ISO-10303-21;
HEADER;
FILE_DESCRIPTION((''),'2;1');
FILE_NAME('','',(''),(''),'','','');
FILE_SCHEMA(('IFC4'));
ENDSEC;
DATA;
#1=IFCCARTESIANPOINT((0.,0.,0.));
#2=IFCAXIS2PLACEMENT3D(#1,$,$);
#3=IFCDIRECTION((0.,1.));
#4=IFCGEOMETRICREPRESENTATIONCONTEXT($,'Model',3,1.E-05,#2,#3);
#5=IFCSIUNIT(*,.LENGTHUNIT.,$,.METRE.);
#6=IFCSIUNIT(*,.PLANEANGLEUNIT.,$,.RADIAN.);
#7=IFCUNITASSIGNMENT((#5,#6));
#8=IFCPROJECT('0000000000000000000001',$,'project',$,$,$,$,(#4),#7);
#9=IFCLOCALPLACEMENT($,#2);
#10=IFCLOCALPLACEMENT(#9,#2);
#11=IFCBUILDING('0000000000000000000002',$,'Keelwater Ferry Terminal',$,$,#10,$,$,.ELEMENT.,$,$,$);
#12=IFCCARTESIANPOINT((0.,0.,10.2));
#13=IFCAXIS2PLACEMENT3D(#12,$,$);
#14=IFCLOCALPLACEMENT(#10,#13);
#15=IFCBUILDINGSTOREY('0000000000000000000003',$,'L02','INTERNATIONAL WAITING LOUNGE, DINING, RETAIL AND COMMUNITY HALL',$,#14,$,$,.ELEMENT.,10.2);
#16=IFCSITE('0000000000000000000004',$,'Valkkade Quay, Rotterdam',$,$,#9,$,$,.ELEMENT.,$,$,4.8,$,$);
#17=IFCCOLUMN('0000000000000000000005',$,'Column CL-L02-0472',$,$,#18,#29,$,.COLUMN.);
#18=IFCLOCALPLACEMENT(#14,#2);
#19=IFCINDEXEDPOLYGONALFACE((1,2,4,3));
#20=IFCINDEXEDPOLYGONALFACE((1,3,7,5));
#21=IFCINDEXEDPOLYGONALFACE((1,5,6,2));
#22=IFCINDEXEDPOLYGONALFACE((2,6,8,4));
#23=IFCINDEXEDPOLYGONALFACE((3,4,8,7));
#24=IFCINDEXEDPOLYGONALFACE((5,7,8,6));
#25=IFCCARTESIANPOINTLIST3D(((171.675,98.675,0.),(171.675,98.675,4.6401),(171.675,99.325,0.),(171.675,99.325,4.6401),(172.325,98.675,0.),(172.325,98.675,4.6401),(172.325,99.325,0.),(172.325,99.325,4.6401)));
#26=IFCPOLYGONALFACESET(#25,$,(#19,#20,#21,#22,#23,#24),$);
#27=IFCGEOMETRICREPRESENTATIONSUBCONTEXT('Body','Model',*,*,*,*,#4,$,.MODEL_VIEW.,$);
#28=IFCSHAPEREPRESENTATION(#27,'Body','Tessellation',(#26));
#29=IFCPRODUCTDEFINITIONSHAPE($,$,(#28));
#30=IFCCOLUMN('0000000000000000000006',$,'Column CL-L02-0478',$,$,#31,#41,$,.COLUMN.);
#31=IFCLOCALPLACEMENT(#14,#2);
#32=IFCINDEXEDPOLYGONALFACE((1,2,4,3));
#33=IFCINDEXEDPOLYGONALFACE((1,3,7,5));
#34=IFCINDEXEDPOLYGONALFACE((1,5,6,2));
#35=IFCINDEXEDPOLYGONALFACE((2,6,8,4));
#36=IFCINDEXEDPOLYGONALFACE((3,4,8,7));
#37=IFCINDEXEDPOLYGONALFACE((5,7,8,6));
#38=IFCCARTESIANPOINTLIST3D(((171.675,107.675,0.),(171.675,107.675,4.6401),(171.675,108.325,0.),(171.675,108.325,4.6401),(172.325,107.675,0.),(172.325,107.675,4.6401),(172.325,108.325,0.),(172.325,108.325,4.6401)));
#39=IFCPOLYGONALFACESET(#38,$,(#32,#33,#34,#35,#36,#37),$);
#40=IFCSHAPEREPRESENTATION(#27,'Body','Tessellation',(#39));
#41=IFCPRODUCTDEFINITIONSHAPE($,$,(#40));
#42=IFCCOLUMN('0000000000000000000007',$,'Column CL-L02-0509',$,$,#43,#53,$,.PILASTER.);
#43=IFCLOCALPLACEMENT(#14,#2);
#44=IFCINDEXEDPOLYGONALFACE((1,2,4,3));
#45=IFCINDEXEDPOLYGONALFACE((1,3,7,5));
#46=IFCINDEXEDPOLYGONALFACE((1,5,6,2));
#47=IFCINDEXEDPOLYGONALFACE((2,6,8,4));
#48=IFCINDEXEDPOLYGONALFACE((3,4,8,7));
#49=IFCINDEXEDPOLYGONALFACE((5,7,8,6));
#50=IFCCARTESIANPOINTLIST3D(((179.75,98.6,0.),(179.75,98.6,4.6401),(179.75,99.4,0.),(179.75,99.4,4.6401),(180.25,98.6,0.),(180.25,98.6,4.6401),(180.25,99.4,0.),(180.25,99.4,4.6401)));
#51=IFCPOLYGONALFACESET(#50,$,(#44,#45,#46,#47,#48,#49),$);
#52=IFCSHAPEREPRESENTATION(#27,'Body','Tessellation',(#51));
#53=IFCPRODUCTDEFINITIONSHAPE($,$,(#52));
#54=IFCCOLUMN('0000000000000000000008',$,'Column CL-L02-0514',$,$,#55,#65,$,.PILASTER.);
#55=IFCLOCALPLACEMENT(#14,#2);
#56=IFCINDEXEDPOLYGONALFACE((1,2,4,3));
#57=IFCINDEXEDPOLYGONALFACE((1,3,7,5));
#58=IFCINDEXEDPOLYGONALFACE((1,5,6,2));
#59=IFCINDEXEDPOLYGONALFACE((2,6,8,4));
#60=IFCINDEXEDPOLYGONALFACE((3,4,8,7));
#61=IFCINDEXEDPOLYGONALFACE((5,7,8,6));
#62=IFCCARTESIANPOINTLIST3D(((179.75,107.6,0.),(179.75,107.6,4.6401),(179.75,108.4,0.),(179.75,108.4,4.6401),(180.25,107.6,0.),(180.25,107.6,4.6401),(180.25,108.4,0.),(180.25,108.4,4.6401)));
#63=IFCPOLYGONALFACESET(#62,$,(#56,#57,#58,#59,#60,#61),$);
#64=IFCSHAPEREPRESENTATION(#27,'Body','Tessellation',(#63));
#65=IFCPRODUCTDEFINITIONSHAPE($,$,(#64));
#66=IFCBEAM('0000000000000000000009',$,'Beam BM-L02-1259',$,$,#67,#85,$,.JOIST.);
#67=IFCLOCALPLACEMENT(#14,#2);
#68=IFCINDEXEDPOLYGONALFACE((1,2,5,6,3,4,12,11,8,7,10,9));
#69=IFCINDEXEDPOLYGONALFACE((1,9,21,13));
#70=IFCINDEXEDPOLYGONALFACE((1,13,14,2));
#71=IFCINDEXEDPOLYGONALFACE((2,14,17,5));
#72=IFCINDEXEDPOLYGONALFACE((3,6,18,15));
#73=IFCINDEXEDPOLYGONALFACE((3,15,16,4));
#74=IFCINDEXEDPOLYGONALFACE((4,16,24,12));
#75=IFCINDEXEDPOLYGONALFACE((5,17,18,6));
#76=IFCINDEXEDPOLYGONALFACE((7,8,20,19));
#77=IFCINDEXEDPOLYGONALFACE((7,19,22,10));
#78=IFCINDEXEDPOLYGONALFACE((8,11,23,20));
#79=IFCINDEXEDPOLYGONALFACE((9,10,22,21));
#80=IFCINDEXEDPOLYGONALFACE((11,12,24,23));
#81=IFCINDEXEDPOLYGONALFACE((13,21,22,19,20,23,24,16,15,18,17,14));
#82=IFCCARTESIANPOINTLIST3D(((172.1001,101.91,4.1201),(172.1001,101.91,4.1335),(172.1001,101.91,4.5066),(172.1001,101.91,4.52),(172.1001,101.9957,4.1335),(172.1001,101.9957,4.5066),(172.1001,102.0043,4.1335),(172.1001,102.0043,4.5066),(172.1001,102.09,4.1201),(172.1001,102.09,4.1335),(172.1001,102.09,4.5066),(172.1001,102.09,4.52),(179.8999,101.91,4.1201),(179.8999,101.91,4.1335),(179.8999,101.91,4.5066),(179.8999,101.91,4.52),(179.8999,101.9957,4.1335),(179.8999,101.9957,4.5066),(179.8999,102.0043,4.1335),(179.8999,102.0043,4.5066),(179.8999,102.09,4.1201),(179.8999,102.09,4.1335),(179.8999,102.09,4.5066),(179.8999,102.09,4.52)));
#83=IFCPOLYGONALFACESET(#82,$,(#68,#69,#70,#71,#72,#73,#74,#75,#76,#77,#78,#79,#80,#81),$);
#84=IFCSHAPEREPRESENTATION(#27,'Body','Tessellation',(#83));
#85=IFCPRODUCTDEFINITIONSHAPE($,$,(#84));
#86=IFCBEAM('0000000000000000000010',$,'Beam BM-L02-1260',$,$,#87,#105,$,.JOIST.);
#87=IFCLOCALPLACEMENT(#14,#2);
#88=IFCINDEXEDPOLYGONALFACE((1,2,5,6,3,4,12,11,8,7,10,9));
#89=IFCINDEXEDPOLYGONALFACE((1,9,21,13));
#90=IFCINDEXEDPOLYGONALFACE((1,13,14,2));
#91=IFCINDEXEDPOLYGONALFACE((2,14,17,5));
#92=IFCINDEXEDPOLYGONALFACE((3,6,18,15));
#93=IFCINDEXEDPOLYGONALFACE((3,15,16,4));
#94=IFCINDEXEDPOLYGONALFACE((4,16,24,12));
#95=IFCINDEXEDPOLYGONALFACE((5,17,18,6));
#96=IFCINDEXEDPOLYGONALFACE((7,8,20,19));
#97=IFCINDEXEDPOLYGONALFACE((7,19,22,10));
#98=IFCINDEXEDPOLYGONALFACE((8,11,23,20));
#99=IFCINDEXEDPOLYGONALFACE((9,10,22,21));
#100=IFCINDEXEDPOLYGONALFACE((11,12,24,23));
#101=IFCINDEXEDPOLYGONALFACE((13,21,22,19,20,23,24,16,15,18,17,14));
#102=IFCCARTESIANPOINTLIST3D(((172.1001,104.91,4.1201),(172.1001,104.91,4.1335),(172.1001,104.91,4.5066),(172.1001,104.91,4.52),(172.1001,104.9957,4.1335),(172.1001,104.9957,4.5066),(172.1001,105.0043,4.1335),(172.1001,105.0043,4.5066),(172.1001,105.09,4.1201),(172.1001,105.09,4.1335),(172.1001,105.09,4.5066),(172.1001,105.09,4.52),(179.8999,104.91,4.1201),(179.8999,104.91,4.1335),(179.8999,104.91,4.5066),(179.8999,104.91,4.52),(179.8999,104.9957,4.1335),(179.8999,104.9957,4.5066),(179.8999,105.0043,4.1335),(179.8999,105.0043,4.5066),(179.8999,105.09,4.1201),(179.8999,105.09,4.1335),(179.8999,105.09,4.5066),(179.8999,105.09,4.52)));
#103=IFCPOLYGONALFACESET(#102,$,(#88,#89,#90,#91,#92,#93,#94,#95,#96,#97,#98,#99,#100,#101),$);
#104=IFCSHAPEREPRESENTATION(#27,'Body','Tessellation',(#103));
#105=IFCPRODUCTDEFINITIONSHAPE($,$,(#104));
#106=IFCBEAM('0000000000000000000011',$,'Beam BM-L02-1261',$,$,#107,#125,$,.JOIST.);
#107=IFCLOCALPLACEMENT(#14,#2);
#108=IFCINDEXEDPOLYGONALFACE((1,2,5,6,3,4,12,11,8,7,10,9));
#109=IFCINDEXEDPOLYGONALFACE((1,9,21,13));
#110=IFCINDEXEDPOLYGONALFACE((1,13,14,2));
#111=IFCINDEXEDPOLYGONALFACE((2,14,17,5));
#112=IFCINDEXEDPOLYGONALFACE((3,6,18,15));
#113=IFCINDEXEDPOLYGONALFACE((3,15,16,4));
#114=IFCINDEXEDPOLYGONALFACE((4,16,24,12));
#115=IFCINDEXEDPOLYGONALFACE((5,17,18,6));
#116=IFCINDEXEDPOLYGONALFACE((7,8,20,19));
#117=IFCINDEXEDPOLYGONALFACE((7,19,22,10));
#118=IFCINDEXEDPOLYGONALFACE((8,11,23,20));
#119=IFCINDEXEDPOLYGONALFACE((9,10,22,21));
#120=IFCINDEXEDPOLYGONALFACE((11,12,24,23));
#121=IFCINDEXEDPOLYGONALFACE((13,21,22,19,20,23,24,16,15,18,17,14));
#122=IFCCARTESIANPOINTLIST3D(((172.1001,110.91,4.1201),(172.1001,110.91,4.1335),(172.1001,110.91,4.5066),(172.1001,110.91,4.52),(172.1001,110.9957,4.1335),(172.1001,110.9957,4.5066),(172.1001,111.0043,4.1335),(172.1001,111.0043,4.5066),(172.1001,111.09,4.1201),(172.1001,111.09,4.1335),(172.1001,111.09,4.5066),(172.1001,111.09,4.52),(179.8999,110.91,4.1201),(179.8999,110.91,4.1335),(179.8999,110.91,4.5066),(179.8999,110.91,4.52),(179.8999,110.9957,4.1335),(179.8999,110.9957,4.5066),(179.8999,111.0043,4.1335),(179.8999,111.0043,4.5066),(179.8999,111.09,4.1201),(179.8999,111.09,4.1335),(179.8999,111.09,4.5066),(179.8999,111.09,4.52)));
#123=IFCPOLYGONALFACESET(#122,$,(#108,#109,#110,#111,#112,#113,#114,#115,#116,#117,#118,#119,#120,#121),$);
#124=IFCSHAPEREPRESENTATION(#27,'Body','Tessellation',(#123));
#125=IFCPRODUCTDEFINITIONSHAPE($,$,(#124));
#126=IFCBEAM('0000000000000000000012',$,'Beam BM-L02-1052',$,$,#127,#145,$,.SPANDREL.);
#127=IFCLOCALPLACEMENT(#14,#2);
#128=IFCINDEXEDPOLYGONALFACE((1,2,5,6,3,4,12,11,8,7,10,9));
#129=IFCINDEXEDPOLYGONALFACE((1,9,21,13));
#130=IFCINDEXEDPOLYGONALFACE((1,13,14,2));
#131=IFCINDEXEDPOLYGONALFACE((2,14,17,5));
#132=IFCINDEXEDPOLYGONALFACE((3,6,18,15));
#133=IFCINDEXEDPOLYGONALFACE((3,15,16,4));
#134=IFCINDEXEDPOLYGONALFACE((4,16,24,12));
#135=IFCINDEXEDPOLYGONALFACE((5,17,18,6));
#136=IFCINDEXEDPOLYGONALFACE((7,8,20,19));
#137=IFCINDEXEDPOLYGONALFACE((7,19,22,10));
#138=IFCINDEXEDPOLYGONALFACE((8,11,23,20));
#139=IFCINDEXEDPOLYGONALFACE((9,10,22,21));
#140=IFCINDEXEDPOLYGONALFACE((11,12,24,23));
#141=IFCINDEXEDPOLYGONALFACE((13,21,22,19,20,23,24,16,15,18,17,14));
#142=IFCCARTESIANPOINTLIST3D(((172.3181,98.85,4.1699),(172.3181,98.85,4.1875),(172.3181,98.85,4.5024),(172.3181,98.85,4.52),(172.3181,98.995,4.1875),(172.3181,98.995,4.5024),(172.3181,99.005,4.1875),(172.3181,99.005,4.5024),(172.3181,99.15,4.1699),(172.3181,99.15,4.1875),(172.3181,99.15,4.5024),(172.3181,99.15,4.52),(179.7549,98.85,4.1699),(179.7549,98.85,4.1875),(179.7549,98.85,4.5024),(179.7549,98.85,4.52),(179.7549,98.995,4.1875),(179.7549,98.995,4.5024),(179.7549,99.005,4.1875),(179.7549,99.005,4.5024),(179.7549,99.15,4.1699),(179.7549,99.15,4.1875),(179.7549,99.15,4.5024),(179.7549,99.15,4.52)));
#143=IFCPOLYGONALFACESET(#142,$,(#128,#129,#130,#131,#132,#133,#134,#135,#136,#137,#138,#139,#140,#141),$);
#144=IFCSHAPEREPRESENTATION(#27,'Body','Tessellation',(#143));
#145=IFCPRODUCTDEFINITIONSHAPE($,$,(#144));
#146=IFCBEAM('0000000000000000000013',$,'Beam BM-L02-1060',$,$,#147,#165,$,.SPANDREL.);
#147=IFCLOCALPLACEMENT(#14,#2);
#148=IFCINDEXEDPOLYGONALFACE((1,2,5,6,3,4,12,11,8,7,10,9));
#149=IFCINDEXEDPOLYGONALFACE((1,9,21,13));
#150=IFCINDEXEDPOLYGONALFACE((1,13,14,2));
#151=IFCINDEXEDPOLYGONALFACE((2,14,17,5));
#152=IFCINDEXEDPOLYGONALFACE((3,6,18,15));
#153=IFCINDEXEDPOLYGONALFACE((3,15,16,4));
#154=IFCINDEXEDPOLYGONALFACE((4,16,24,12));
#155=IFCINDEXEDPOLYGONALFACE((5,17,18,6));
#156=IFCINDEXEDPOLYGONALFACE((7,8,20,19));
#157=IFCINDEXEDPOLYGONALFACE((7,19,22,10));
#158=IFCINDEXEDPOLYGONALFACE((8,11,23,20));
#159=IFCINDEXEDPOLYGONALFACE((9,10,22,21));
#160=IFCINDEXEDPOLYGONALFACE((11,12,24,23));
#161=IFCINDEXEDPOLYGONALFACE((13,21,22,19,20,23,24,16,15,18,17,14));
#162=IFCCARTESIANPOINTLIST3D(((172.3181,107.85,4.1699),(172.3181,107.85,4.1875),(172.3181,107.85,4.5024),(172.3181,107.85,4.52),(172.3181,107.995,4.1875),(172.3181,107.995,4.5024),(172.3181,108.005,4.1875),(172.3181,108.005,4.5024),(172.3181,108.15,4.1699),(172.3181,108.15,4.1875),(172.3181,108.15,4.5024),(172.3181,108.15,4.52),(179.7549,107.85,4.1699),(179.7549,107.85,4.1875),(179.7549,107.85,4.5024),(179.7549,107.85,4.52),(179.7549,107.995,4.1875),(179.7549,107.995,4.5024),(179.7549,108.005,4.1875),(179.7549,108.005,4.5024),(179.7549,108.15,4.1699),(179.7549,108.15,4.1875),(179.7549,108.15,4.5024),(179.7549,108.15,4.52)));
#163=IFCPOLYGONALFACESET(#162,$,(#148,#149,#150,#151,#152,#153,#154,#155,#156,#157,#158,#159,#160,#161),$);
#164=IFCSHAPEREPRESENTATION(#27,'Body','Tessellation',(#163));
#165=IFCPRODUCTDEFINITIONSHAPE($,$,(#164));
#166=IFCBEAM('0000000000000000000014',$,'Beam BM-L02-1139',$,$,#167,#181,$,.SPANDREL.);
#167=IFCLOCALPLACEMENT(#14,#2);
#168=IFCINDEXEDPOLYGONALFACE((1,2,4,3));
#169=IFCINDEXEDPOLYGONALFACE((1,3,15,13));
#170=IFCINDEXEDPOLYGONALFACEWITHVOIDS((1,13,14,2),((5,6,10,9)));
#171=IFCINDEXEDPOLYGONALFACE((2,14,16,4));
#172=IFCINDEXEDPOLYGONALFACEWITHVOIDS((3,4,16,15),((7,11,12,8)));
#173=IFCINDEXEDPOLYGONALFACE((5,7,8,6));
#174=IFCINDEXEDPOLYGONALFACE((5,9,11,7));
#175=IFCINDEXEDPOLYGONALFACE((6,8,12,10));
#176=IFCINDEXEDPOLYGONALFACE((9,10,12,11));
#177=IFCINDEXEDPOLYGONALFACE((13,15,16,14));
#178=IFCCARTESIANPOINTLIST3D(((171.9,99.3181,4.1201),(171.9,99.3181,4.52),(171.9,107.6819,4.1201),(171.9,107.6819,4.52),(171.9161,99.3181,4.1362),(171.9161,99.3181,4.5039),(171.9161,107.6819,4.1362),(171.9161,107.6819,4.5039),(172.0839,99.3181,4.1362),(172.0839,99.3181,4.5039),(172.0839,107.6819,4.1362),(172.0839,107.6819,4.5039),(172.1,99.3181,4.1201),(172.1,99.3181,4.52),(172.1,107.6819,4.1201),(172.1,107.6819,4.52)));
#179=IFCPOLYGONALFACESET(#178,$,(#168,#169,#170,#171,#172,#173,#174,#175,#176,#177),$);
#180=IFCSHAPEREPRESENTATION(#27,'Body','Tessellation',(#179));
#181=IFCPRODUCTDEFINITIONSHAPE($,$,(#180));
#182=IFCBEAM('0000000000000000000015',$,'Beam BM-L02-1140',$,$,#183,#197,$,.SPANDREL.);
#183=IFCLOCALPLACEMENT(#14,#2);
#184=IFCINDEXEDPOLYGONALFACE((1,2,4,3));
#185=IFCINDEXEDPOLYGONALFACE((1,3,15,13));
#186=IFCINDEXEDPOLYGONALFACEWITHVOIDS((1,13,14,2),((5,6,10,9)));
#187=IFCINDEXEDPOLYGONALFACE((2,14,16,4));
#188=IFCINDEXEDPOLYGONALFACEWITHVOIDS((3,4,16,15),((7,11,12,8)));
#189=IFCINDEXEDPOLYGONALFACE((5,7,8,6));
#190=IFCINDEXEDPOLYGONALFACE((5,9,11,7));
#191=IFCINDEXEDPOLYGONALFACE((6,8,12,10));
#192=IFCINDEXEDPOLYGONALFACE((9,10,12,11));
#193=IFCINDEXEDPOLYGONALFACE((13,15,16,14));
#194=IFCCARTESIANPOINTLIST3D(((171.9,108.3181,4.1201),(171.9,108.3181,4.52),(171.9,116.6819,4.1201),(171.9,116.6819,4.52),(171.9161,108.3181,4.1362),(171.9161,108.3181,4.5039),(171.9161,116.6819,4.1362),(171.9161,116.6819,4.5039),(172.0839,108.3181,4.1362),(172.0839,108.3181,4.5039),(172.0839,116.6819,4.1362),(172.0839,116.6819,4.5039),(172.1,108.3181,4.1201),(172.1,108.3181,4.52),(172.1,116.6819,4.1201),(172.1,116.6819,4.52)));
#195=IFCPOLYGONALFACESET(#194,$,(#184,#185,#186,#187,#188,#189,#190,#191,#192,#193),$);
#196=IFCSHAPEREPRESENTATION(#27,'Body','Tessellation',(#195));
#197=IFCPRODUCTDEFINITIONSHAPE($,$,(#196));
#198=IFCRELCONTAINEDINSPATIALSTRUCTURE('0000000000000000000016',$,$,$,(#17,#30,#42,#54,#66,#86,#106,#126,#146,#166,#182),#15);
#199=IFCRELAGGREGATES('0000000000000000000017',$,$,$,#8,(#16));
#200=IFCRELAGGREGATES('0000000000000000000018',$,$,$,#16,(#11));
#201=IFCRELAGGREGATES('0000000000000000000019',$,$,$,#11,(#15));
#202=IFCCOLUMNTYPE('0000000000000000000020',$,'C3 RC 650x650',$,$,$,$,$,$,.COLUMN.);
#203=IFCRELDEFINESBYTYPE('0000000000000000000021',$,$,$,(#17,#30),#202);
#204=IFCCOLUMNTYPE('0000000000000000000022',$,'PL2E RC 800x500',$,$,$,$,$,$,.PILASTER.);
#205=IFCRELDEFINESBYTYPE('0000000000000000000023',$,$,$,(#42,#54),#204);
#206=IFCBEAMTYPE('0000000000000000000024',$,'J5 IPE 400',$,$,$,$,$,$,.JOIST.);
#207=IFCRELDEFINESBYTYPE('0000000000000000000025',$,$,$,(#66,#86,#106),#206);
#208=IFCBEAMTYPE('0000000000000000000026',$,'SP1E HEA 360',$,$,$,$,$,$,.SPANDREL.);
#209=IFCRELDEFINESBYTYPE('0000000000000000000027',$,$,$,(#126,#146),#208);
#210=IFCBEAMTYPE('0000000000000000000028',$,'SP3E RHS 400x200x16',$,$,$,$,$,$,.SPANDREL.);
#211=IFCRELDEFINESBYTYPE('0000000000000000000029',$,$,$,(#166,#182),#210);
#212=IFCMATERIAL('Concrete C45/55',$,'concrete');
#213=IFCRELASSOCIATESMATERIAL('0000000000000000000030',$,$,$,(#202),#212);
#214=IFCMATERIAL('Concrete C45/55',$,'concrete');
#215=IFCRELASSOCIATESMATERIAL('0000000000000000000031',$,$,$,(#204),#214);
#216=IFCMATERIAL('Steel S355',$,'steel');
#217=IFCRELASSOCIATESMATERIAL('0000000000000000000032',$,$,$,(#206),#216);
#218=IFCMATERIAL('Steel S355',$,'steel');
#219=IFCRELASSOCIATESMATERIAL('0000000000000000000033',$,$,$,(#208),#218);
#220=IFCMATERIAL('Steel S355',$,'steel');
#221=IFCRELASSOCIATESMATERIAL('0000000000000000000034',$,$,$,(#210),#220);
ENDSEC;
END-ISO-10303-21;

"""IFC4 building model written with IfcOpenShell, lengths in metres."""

from ifc_helpers import new_model, si_unit, direction, frame, origin, origin_2d, place, context, subcontext, project, spatial, rectangle, hollow_rectangle, i_section, extrude, material, material_profile, profile_set, type_object, element, save


model = new_model("IFC4")

# Units and contexts
model_context = context("Model", 3, precision=1e-05, world=origin(), true_north=direction((0.0, 1.0)))
body_context = subcontext(model_context, "Body", "Model", "MODEL_VIEW")
ifc_project = project(units=[si_unit("LENGTHUNIT", "METRE"), si_unit("PLANEANGLEUNIT", "RADIAN")], contexts=[model_context])

# Site, building, storey
site_placement = place(None, origin())
site = spatial("IfcSite", under=ifc_project, at=site_placement, Name="Valkkade Quay, Rotterdam", CompositionType="ELEMENT", RefElevation=4.8)
building_placement = place(site_placement, origin())
building = spatial("IfcBuilding", under=site, at=building_placement, Name="Keelwater Ferry Terminal", CompositionType="ELEMENT")
storey_placement = place(building_placement, frame((0.0, 0.0, 10.2)))
storey = spatial("IfcBuildingStorey", under=building, at=storey_placement, Name="L02", Description="INTERNATIONAL WAITING LOUNGE, DINING, RETAIL AND COMMUNITY HALL", CompositionType="ELEMENT", Elevation=10.2)

# Columns
ifc_material_1 = material(Name="Concrete C45/55", Category="concrete")
ifc_material_profile_1 = material_profile(ifc_material_1, rectangle(XDim=0.6499, YDim=0.6499, at=origin_2d()), Name="RC 650x650")
ifc_profile_set_1 = profile_set([ifc_material_profile_1], Name="Concrete C45/55")
column_type_1 = type_object("IfcColumnType", Name="C3 RC 650x650", PredefinedType="COLUMN", material=ifc_profile_set_1)
for number, where, z_axis, x_axis, name in (
    (1, (172.0, 99.0, 0.0), (0.0, 0.0, 1.0), (1.0, 0.0, 0.0), "Column CL-L02-0472"),
    (2, (172.0, 108.0, 0.0), (0.0, 0.0, 1.0), (1.0, 0.0, 0.0), "Column CL-L02-0478"),
):
    element("IfcColumn", number, at=place(storey_placement, frame(where, z_axis=z_axis, x_axis=x_axis)), inside=storey, type_object=column_type_1, Name=name, PredefinedType="COLUMN", context=body_context, shape_type="SweptSolid", body=[
        extrude(rectangle(XDim=0.6499, YDim=0.6499, at=origin_2d()), origin(), (0.0, 0.0, 1.0), 4.6401),
    ])
ifc_material_2 = material(Name="Concrete C45/55", Category="concrete")
ifc_material_profile_2 = material_profile(ifc_material_2, rectangle(XDim=0.5, YDim=0.8, at=origin_2d()), Name="RC 800x500")
ifc_profile_set_2 = profile_set([ifc_material_profile_2], Name="Concrete C45/55")
column_type_2 = type_object("IfcColumnType", Name="PL2E RC 800x500", PredefinedType="PILASTER", material=ifc_profile_set_2)
for number, where, z_axis, x_axis, name in (
    (3, (180.0, 99.0, 0.0), (0.0, 0.0, 1.0), (1.0, 0.0, 0.0), "Column CL-L02-0509"),
    (4, (180.0, 108.0, 0.0), (0.0, 0.0, 1.0), (1.0, 0.0, 0.0), "Column CL-L02-0514"),
):
    element("IfcColumn", number, at=place(storey_placement, frame(where, z_axis=z_axis, x_axis=x_axis)), inside=storey, type_object=column_type_2, Name=name, PredefinedType="PILASTER", context=body_context, shape_type="SweptSolid", body=[
        extrude(rectangle(XDim=0.5, YDim=0.8, at=origin_2d()), origin(), (0.0, 0.0, 1.0), 4.6401),
    ])

# Beams
ifc_material_3 = material(Name="Steel S355", Category="steel")
ifc_material_profile_3 = material_profile(ifc_material_3, i_section(OverallWidth=0.1799, OverallDepth=0.3999, WebThickness=0.0085, FlangeThickness=0.0134, at=origin_2d()), Name="IPE 400")
ifc_profile_set_3 = profile_set([ifc_material_profile_3], Name="Steel S355")
beam_type_1 = type_object("IfcBeamType", Name="J5 IPE 400", PredefinedType="JOIST", material=ifc_profile_set_3)
for number, where, z_axis, x_axis, name in (
    (5, (172.1001, 102.0, 4.3201), (1.0, 0.0, 0.0), (0.0, 1.0, 0.0), "Beam BM-L02-1259"),
    (6, (172.1001, 105.0, 4.3201), (1.0, 0.0, 0.0), (0.0, 1.0, 0.0), "Beam BM-L02-1260"),
    (7, (172.1001, 111.0, 4.3201), (1.0, 0.0, 0.0), (0.0, 1.0, 0.0), "Beam BM-L02-1261"),
):
    element("IfcBeam", number, at=place(storey_placement, frame(where, z_axis=z_axis, x_axis=x_axis)), inside=storey, type_object=beam_type_1, Name=name, PredefinedType="JOIST", context=body_context, shape_type="SweptSolid", body=[
        extrude(i_section(OverallWidth=0.1799, OverallDepth=0.3999, WebThickness=0.0085, FlangeThickness=0.0134, at=origin_2d()), origin(), (0.0, 0.0, 1.0), 7.7998),
    ])
ifc_material_4 = material(Name="Steel S355", Category="steel")
ifc_material_profile_4 = material_profile(ifc_material_4, i_section(OverallWidth=0.3, OverallDepth=0.3501, WebThickness=0.01, FlangeThickness=0.0176, at=origin_2d()), Name="HEA 360")
ifc_profile_set_4 = profile_set([ifc_material_profile_4], Name="Steel S355")
beam_type_2 = type_object("IfcBeamType", Name="SP1E HEA 360", PredefinedType="SPANDREL", material=ifc_profile_set_4)
for number, where, z_axis, x_axis, name in (
    (8, (172.3181, 99.0, 4.345), (1.0, 0.0, 0.0), (0.0, 1.0, 0.0), "Beam BM-L02-1052"),
    (9, (172.3181, 108.0, 4.345), (1.0, 0.0, 0.0), (0.0, 1.0, 0.0), "Beam BM-L02-1060"),
):
    element("IfcBeam", number, at=place(storey_placement, frame(where, z_axis=z_axis, x_axis=x_axis)), inside=storey, type_object=beam_type_2, Name=name, PredefinedType="SPANDREL", context=body_context, shape_type="SweptSolid", body=[
        extrude(i_section(OverallWidth=0.3, OverallDepth=0.3501, WebThickness=0.01, FlangeThickness=0.0176, at=origin_2d()), origin(), (0.0, 0.0, 1.0), 7.4368),
    ])
ifc_material_5 = material(Name="Steel S355", Category="steel")
ifc_material_profile_5 = material_profile(ifc_material_5, hollow_rectangle(XDim=0.2, YDim=0.3999, WallThickness=0.0161, at=origin_2d()), Name="RHS 400x200x16")
ifc_profile_set_5 = profile_set([ifc_material_profile_5], Name="Steel S355")
beam_type_3 = type_object("IfcBeamType", Name="SP3E RHS 400x200x16", PredefinedType="SPANDREL", material=ifc_profile_set_5)
for number, where, z_axis, x_axis, name in (
    (10, (172.0, 99.3181, 4.3201), (0.0, 1.0, 0.0), (-1.0, 0.0, 0.0), "Beam BM-L02-1139"),
    (11, (172.0, 108.3181, 4.3201), (0.0, 1.0, 0.0), (-1.0, 0.0, 0.0), "Beam BM-L02-1140"),
):
    element("IfcBeam", number, at=place(storey_placement, frame(where, z_axis=z_axis, x_axis=x_axis)), inside=storey, type_object=beam_type_3, Name=name, PredefinedType="SPANDREL", context=body_context, shape_type="SweptSolid", body=[
        extrude(hollow_rectangle(XDim=0.2, YDim=0.3999, WallThickness=0.0161, at=origin_2d()), origin(), (0.0, 0.0, 1.0), 8.3638),
    ])

save(model, "model.ifc")
